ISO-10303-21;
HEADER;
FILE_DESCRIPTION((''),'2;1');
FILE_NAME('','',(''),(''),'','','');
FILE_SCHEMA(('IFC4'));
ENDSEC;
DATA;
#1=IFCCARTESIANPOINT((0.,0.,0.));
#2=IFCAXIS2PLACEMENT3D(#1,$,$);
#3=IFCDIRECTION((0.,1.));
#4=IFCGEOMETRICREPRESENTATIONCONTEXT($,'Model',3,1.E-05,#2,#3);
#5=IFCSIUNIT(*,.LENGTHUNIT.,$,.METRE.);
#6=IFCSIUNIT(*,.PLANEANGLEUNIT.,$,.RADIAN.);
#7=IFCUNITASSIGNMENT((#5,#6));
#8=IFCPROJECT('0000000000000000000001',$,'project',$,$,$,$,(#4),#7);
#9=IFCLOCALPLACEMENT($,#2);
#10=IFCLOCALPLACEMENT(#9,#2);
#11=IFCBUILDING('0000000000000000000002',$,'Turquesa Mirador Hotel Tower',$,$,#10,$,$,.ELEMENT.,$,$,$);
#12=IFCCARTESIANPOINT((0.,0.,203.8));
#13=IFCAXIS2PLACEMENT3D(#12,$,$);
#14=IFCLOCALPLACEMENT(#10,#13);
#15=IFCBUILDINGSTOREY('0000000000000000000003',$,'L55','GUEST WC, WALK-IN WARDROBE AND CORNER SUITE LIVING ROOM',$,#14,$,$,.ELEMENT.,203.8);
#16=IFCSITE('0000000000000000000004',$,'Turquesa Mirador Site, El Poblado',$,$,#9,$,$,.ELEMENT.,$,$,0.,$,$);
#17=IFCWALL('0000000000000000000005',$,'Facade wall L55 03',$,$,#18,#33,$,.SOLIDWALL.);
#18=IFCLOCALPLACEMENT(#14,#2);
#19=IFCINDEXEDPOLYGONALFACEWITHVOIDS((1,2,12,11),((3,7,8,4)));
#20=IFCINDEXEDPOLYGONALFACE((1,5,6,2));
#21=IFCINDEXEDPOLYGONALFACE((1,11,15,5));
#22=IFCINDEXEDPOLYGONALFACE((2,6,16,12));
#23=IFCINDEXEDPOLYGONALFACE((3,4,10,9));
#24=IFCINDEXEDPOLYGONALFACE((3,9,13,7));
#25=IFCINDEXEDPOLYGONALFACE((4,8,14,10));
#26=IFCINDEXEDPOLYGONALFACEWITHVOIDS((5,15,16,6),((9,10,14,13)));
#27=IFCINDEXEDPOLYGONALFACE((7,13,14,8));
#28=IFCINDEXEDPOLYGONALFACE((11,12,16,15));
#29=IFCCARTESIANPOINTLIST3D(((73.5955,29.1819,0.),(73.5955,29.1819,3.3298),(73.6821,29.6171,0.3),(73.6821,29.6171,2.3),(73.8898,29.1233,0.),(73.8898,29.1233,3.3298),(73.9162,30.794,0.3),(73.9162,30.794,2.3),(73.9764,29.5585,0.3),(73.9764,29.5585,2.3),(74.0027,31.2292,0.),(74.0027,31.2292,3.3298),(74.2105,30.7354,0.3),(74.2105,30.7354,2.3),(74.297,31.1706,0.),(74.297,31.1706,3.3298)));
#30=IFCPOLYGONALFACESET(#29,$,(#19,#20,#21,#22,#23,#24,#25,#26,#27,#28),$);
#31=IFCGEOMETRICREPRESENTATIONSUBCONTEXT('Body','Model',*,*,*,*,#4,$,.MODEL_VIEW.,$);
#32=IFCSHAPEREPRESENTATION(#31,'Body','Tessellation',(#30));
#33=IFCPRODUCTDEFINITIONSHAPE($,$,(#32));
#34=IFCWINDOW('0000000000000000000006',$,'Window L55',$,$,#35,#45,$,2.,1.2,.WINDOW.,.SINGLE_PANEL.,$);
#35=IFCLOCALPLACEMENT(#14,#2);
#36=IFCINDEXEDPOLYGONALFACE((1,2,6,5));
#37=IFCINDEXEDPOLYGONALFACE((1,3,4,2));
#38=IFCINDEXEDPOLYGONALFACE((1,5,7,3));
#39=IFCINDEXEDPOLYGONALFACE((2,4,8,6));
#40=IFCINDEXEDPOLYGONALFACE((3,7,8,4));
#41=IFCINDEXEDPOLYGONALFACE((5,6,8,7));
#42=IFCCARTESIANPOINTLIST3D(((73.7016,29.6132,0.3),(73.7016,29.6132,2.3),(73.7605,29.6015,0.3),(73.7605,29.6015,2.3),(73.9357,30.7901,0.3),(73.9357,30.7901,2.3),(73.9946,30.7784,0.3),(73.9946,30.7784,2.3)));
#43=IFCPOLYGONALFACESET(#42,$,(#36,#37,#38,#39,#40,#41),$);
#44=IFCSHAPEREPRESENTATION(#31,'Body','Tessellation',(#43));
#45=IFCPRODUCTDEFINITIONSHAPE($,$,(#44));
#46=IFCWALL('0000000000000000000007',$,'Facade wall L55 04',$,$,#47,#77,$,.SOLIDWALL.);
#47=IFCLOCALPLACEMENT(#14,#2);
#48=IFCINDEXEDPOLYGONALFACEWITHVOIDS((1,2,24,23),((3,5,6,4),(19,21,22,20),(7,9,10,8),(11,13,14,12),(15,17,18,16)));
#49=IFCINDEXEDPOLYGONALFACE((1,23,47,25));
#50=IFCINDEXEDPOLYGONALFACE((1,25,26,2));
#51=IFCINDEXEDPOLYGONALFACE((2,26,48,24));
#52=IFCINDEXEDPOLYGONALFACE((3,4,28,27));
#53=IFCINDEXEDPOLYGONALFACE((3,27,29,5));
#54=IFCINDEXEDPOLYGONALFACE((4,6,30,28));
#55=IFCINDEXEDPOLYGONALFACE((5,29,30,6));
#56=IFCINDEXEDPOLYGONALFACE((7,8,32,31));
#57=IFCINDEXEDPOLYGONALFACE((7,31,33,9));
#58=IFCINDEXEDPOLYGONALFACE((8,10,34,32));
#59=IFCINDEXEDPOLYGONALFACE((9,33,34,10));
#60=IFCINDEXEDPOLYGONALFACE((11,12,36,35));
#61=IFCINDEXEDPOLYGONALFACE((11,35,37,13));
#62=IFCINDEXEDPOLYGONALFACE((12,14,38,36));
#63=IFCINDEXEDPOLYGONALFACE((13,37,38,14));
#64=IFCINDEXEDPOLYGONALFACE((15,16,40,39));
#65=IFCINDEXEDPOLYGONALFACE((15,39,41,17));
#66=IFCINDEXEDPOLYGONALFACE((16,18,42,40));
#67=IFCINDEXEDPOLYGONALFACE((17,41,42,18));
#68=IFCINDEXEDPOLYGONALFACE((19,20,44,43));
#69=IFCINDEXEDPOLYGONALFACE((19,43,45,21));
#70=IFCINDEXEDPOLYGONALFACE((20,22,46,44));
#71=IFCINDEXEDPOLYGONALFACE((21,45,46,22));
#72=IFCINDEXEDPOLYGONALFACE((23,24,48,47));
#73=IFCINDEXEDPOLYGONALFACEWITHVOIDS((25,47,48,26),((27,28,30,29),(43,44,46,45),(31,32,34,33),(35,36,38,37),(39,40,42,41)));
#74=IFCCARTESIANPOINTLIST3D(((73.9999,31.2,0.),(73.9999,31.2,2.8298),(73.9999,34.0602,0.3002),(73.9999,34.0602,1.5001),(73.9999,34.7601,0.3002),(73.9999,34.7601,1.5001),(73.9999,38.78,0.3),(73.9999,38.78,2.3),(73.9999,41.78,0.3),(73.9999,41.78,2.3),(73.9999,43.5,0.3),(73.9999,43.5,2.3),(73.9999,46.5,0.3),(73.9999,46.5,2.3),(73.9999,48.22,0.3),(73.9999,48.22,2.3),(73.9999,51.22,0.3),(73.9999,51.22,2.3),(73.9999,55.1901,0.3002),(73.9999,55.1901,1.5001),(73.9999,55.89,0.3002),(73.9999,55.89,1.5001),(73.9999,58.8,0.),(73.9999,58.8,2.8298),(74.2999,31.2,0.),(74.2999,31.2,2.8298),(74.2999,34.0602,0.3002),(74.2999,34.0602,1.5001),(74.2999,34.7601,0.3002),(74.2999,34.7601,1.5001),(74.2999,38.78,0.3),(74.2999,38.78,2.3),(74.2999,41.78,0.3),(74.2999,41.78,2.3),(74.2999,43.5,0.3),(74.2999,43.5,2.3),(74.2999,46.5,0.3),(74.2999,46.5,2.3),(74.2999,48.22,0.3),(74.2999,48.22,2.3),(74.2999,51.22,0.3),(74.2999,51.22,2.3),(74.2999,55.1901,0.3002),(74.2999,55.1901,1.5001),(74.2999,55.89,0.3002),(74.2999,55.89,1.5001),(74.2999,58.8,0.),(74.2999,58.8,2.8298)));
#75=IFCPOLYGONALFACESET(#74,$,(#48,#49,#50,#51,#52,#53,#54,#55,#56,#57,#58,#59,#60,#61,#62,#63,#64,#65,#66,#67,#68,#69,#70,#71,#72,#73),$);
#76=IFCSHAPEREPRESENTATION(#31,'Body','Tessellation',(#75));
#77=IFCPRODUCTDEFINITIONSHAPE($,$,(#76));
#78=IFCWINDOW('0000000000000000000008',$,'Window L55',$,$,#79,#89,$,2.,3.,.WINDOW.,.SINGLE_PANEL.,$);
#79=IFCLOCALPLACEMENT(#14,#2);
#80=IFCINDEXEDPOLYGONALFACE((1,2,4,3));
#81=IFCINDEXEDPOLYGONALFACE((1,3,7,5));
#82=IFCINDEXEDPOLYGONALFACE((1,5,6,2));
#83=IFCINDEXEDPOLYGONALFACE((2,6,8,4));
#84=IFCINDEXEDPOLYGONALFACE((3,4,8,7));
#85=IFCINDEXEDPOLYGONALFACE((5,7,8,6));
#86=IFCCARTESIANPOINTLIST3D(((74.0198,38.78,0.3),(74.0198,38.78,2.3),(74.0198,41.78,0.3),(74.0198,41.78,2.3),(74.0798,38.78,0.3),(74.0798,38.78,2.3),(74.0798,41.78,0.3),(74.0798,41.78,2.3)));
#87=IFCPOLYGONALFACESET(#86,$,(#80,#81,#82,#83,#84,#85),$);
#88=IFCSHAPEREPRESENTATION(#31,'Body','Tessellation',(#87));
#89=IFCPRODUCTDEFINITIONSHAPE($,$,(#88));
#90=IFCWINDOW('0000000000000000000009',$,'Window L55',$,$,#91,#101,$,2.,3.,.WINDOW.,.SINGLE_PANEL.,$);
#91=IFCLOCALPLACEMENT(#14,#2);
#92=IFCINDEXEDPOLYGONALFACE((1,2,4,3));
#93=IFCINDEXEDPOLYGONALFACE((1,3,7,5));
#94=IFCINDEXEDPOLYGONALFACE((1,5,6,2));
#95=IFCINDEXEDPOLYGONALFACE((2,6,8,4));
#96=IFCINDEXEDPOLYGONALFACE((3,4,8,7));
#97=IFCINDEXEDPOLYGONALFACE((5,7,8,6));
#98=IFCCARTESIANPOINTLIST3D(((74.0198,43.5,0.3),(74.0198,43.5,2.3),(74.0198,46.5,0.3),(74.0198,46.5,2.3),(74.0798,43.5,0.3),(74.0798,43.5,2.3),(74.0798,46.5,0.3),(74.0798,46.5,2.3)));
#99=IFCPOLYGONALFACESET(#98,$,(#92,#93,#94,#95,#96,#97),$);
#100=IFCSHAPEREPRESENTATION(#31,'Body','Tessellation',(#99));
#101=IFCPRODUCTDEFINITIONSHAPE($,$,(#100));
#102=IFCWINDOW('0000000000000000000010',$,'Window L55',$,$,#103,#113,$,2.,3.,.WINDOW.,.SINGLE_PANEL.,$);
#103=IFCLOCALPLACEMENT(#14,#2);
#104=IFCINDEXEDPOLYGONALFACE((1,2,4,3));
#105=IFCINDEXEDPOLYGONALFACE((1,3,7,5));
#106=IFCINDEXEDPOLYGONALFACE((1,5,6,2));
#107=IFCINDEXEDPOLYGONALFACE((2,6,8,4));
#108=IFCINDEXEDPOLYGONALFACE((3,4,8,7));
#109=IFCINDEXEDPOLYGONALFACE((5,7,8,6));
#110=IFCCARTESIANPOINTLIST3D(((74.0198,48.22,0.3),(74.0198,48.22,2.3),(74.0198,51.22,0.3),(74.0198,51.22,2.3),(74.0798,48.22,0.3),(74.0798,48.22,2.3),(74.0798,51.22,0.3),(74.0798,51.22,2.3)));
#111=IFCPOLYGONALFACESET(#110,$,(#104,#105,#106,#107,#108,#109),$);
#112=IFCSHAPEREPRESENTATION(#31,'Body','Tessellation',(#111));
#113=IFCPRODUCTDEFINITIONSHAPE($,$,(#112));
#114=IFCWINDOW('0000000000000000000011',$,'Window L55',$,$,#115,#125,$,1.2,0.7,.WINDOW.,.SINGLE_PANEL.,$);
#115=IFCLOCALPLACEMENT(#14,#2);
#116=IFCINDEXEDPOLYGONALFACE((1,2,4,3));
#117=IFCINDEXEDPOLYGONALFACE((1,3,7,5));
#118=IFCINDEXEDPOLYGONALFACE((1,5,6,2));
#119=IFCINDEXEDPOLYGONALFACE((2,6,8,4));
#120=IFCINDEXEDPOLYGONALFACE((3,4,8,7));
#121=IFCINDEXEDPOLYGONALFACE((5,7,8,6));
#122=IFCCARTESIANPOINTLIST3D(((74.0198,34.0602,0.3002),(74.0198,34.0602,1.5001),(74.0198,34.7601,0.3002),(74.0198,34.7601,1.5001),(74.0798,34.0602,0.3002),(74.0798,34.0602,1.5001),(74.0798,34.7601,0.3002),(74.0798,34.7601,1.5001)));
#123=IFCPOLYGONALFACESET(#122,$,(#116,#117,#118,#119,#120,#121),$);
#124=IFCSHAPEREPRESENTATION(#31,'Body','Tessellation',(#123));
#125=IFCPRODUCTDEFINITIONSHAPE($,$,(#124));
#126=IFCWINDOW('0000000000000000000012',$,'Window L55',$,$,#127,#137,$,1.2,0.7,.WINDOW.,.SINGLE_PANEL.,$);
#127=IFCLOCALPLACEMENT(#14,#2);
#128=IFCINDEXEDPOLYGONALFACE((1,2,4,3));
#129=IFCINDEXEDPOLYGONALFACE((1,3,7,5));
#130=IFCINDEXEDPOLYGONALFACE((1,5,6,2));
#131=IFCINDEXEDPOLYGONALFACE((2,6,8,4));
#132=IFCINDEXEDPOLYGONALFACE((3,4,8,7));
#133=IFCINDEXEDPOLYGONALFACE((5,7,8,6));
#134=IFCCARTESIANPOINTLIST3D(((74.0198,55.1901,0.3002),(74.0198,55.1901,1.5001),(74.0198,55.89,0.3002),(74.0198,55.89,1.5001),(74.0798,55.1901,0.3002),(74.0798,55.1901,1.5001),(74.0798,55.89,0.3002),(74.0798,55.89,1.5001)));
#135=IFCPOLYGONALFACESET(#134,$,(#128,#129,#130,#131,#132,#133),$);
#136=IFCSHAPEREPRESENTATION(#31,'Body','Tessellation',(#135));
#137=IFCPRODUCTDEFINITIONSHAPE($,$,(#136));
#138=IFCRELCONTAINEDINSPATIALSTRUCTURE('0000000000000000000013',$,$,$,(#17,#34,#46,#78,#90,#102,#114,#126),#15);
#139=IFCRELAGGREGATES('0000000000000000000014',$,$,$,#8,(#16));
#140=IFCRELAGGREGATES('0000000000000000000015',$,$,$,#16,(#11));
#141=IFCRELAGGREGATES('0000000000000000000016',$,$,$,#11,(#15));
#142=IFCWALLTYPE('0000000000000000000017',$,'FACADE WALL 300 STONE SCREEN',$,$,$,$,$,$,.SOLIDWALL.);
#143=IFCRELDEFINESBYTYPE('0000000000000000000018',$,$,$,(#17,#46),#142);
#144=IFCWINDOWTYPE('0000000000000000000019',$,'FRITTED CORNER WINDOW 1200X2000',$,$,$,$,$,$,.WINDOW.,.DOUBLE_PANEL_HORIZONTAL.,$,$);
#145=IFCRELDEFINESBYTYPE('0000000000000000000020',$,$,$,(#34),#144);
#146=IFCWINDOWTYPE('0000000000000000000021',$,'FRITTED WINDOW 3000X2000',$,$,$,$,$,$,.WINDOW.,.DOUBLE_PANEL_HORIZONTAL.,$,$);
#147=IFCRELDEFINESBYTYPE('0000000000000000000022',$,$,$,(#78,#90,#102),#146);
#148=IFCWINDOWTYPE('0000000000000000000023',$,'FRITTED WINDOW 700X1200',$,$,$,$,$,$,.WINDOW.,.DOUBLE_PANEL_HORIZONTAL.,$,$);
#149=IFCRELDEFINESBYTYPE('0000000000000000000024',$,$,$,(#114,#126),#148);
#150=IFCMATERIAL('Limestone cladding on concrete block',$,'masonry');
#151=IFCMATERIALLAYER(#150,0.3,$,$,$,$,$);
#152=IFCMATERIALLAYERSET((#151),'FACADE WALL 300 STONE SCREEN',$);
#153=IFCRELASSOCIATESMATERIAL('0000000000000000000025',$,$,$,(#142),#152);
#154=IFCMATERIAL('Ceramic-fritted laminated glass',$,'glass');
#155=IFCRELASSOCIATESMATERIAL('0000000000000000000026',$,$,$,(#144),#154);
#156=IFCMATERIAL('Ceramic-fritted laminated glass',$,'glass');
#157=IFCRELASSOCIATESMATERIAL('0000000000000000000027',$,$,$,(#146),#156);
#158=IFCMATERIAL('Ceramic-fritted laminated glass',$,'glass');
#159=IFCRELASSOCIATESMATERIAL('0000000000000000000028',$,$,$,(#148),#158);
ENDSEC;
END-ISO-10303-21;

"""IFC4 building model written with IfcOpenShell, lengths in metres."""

from ifc_helpers import new_model, si_unit, direction, frame, frame_2d, origin, place, context, subcontext, project, spatial, rectangle, extrude, material, layer, layer_set, type_object, element, fill, save


model = new_model("IFC4")

# Units and contexts
model_context = context("Model", 3, precision=1e-05, world=origin(), true_north=direction((0.0, 1.0)))
body_context = subcontext(model_context, "Body", "Model", "MODEL_VIEW")
ifc_project = project(units=[si_unit("LENGTHUNIT", "METRE"), si_unit("PLANEANGLEUNIT", "RADIAN")], contexts=[model_context])

# Site, building, storey
site_placement = place(None, origin())
site = spatial("IfcSite", under=ifc_project, at=site_placement, Name="Turquesa Mirador Site, El Poblado", CompositionType="ELEMENT", RefElevation=0.0)
building_placement = place(site_placement, origin())
building = spatial("IfcBuilding", under=site, at=building_placement, Name="Turquesa Mirador Hotel Tower", CompositionType="ELEMENT")
storey_placement = place(building_placement, frame((0.0, 0.0, 203.8)))
storey = spatial("IfcBuildingStorey", under=building, at=storey_placement, Name="L55", Description="GUEST WC, WALK-IN WARDROBE AND CORNER SUITE LIVING ROOM", CompositionType="ELEMENT", Elevation=203.8)

# Wall, opening, window
ifc_material_1 = material(Name="Limestone cladding on concrete block", Category="masonry")
ifc_layer_1 = layer(ifc_material_1, 0.3)
ifc_layer_set_1 = layer_set([ifc_layer_1], Name="FACADE WALL 300 STONE SCREEN")
wall_type_1 = type_object("IfcWallType", Name="FACADE WALL 300 STONE SCREEN", PredefinedType="SOLIDWALL", material=ifc_layer_set_1)
ifc_material_2 = material(Name="Ceramic-fritted laminated glass", Category="glass")
window_type_1 = type_object("IfcWindowType", Name="FRITTED CORNER WINDOW 1200X2000", PartitioningType="DOUBLE_PANEL_HORIZONTAL", PredefinedType="WINDOW", material=ifc_material_2)
wall_1_placement = place(storey_placement, frame((73.7427, 29.1526, 0.0), z_axis=(0.0, 0.0, 1.0), x_axis=(0.195081, 0.980787, 0.0)))
wall_1 = element("IfcWall", 1, at=wall_1_placement, inside=storey, type_object=wall_type_1, Name="Facade wall L55 03", PredefinedType="SOLIDWALL", context=body_context, shape_type="SweptSolid", body=[
    extrude(rectangle(XDim=2.0874, YDim=0.3, at=frame_2d((1.0437, 0.0))), origin(), (0.0, 0.0, 1.0), 3.3298),
])
opening_1_placement = place(wall_1_placement, frame((0.4436, 0.0, 0.3)))
opening_1 = element("IfcOpeningElement", 2, at=opening_1_placement, cuts=wall_1, PredefinedType="OPENING", context=body_context, shape_type="SweptSolid", body=[
    extrude(rectangle(XDim=1.2, YDim=2.0, at=frame_2d((0.6001, 1.0))), frame((0.0, 0.1599, 0.0), z_axis=(0.0, -1.0, 0.0), x_axis=(1.0, 0.0, 0.0)), (0.0, 0.0, 1.0), 0.3201),
])
window_1_placement = place(opening_1_placement, origin())
window_1 = element("IfcWindow", 3, at=window_1_placement, inside=storey, type_object=window_type_1, Name="Window L55", OverallHeight=2.0, OverallWidth=1.2, PartitioningType="SINGLE_PANEL", PredefinedType="WINDOW", context=body_context, shape_type="SweptSolid", body=[
    extrude(rectangle(XDim=1.2, YDim=2.0, at=frame_2d((0.6001, 1.0))), frame((0.0, 0.1301, 0.0), z_axis=(0.0, -1.0, 0.0), x_axis=(1.0, 0.0, 0.0)), (0.0, 0.0, 1.0), 0.0601),
])
fill(opening_1, window_1)

# Wall, openings, windows
wall_2_placement = place(storey_placement, frame((74.1499, 31.2, 0.0), z_axis=(0.0, 0.0, 1.0), x_axis=(0.0, 1.0, 0.0)))
wall_2 = element("IfcWall", 4, at=wall_2_placement, inside=storey, type_object=wall_type_1, Name="Facade wall L55 04", PredefinedType="SOLIDWALL", context=body_context, shape_type="SweptSolid", body=[
    extrude(rectangle(XDim=27.6001, YDim=0.3, at=frame_2d((13.8, 0.0))), origin(), (0.0, 0.0, 1.0), 2.8298),
])
opening_2_placement = place(wall_2_placement, frame((2.8601, 0.0, 0.3)))
opening_2 = element("IfcOpeningElement", 5, at=opening_2_placement, cuts=wall_2, PredefinedType="OPENING", context=body_context, shape_type="SweptSolid", body=[
    extrude(rectangle(XDim=0.7, YDim=1.2, at=frame_2d((0.3501, 0.6001))), frame((0.0, 0.1599, 0.0), z_axis=(0.0, -1.0, 0.0), x_axis=(1.0, 0.0, 0.0)), (0.0, 0.0, 1.0), 0.3201),
])
opening_3_placement = place(wall_2_placement, frame((7.5801, 0.0, 0.3)))
opening_3 = element("IfcOpeningElement", 6, at=opening_3_placement, cuts=wall_2, PredefinedType="OPENING", context=body_context, shape_type="SweptSolid", body=[
    extrude(rectangle(XDim=3.0, YDim=2.0, at=frame_2d((1.5, 1.0))), frame((0.0, 0.1599, 0.0), z_axis=(0.0, -1.0, 0.0), x_axis=(1.0, 0.0, 0.0)), (0.0, 0.0, 1.0), 0.3201),
])
opening_4_placement = place(wall_2_placement, frame((12.3, 0.0, 0.3)))
opening_4 = element("IfcOpeningElement", 7, at=opening_4_placement, cuts=wall_2, PredefinedType="OPENING", context=body_context, shape_type="SweptSolid", body=[
    extrude(rectangle(XDim=3.0, YDim=2.0, at=frame_2d((1.5, 1.0))), frame((0.0, 0.1599, 0.0), z_axis=(0.0, -1.0, 0.0), x_axis=(1.0, 0.0, 0.0)), (0.0, 0.0, 1.0), 0.3201),
])
opening_5_placement = place(wall_2_placement, frame((17.02, 0.0, 0.3)))
opening_5 = element("IfcOpeningElement", 8, at=opening_5_placement, cuts=wall_2, PredefinedType="OPENING", context=body_context, shape_type="SweptSolid", body=[
    extrude(rectangle(XDim=3.0, YDim=2.0, at=frame_2d((1.5, 1.0))), frame((0.0, 0.1599, 0.0), z_axis=(0.0, -1.0, 0.0), x_axis=(1.0, 0.0, 0.0)), (0.0, 0.0, 1.0), 0.3201),
])
opening_6_placement = place(wall_2_placement, frame((23.99, 0.0, 0.3)))
opening_6 = element("IfcOpeningElement", 9, at=opening_6_placement, cuts=wall_2, PredefinedType="OPENING", context=body_context, shape_type="SweptSolid", body=[
    extrude(rectangle(XDim=0.7, YDim=1.2, at=frame_2d((0.3501, 0.6001))), frame((0.0, 0.1599, 0.0), z_axis=(0.0, -1.0, 0.0), x_axis=(1.0, 0.0, 0.0)), (0.0, 0.0, 1.0), 0.3201),
])
ifc_material_3 = material(Name="Ceramic-fritted laminated glass", Category="glass")
window_type_2 = type_object("IfcWindowType", Name="FRITTED WINDOW 3000X2000", PartitioningType="DOUBLE_PANEL_HORIZONTAL", PredefinedType="WINDOW", material=ifc_material_3)
window_2_placement = place(opening_3_placement, origin())
window_2 = element("IfcWindow", 10, at=window_2_placement, inside=storey, type_object=window_type_2, Name="Window L55", OverallHeight=2.0, OverallWidth=3.0, PartitioningType="SINGLE_PANEL", PredefinedType="WINDOW", context=body_context, shape_type="SweptSolid", body=[
    extrude(rectangle(XDim=3.0, YDim=2.0, at=frame_2d((1.5, 1.0))), frame((0.0, 0.1301, 0.0), z_axis=(0.0, -1.0, 0.0), x_axis=(1.0, 0.0, 0.0)), (0.0, 0.0, 1.0), 0.0601),
])
fill(opening_3, window_2)
window_3_placement = place(opening_4_placement, origin())
window_3 = element("IfcWindow", 11, at=window_3_placement, inside=storey, type_object=window_type_2, Name="Window L55", OverallHeight=2.0, OverallWidth=3.0, PartitioningType="SINGLE_PANEL", PredefinedType="WINDOW", context=body_context, shape_type="SweptSolid", body=[
    extrude(rectangle(XDim=3.0, YDim=2.0, at=frame_2d((1.5, 1.0))), frame((0.0, 0.1301, 0.0), z_axis=(0.0, -1.0, 0.0), x_axis=(1.0, 0.0, 0.0)), (0.0, 0.0, 1.0), 0.0601),
])
fill(opening_4, window_3)
window_4_placement = place(opening_5_placement, origin())
window_4 = element("IfcWindow", 12, at=window_4_placement, inside=storey, type_object=window_type_2, Name="Window L55", OverallHeight=2.0, OverallWidth=3.0, PartitioningType="SINGLE_PANEL", PredefinedType="WINDOW", context=body_context, shape_type="SweptSolid", body=[
    extrude(rectangle(XDim=3.0, YDim=2.0, at=frame_2d((1.5, 1.0))), frame((0.0, 0.1301, 0.0), z_axis=(0.0, -1.0, 0.0), x_axis=(1.0, 0.0, 0.0)), (0.0, 0.0, 1.0), 0.0601),
])
fill(opening_5, window_4)
ifc_material_4 = material(Name="Ceramic-fritted laminated glass", Category="glass")
window_type_3 = type_object("IfcWindowType", Name="FRITTED WINDOW 700X1200", PartitioningType="DOUBLE_PANEL_HORIZONTAL", PredefinedType="WINDOW", material=ifc_material_4)
window_5_placement = place(opening_2_placement, origin())
window_5 = element("IfcWindow", 13, at=window_5_placement, inside=storey, type_object=window_type_3, Name="Window L55", OverallHeight=1.2, OverallWidth=0.7, PartitioningType="SINGLE_PANEL", PredefinedType="WINDOW", context=body_context, shape_type="SweptSolid", body=[
    extrude(rectangle(XDim=0.7, YDim=1.2, at=frame_2d((0.3501, 0.6001))), frame((0.0, 0.1301, 0.0), z_axis=(0.0, -1.0, 0.0), x_axis=(1.0, 0.0, 0.0)), (0.0, 0.0, 1.0), 0.0601),
])
fill(opening_2, window_5)
window_6_placement = place(opening_6_placement, origin())
window_6 = element("IfcWindow", 14, at=window_6_placement, inside=storey, type_object=window_type_3, Name="Window L55", OverallHeight=1.2, OverallWidth=0.7, PartitioningType="SINGLE_PANEL", PredefinedType="WINDOW", context=body_context, shape_type="SweptSolid", body=[
    extrude(rectangle(XDim=0.7, YDim=1.2, at=frame_2d((0.3501, 0.6001))), frame((0.0, 0.1301, 0.0), z_axis=(0.0, -1.0, 0.0), x_axis=(1.0, 0.0, 0.0)), (0.0, 0.0, 1.0), 0.0601),
])
fill(opening_6, window_6)

save(model, "model.ifc")
